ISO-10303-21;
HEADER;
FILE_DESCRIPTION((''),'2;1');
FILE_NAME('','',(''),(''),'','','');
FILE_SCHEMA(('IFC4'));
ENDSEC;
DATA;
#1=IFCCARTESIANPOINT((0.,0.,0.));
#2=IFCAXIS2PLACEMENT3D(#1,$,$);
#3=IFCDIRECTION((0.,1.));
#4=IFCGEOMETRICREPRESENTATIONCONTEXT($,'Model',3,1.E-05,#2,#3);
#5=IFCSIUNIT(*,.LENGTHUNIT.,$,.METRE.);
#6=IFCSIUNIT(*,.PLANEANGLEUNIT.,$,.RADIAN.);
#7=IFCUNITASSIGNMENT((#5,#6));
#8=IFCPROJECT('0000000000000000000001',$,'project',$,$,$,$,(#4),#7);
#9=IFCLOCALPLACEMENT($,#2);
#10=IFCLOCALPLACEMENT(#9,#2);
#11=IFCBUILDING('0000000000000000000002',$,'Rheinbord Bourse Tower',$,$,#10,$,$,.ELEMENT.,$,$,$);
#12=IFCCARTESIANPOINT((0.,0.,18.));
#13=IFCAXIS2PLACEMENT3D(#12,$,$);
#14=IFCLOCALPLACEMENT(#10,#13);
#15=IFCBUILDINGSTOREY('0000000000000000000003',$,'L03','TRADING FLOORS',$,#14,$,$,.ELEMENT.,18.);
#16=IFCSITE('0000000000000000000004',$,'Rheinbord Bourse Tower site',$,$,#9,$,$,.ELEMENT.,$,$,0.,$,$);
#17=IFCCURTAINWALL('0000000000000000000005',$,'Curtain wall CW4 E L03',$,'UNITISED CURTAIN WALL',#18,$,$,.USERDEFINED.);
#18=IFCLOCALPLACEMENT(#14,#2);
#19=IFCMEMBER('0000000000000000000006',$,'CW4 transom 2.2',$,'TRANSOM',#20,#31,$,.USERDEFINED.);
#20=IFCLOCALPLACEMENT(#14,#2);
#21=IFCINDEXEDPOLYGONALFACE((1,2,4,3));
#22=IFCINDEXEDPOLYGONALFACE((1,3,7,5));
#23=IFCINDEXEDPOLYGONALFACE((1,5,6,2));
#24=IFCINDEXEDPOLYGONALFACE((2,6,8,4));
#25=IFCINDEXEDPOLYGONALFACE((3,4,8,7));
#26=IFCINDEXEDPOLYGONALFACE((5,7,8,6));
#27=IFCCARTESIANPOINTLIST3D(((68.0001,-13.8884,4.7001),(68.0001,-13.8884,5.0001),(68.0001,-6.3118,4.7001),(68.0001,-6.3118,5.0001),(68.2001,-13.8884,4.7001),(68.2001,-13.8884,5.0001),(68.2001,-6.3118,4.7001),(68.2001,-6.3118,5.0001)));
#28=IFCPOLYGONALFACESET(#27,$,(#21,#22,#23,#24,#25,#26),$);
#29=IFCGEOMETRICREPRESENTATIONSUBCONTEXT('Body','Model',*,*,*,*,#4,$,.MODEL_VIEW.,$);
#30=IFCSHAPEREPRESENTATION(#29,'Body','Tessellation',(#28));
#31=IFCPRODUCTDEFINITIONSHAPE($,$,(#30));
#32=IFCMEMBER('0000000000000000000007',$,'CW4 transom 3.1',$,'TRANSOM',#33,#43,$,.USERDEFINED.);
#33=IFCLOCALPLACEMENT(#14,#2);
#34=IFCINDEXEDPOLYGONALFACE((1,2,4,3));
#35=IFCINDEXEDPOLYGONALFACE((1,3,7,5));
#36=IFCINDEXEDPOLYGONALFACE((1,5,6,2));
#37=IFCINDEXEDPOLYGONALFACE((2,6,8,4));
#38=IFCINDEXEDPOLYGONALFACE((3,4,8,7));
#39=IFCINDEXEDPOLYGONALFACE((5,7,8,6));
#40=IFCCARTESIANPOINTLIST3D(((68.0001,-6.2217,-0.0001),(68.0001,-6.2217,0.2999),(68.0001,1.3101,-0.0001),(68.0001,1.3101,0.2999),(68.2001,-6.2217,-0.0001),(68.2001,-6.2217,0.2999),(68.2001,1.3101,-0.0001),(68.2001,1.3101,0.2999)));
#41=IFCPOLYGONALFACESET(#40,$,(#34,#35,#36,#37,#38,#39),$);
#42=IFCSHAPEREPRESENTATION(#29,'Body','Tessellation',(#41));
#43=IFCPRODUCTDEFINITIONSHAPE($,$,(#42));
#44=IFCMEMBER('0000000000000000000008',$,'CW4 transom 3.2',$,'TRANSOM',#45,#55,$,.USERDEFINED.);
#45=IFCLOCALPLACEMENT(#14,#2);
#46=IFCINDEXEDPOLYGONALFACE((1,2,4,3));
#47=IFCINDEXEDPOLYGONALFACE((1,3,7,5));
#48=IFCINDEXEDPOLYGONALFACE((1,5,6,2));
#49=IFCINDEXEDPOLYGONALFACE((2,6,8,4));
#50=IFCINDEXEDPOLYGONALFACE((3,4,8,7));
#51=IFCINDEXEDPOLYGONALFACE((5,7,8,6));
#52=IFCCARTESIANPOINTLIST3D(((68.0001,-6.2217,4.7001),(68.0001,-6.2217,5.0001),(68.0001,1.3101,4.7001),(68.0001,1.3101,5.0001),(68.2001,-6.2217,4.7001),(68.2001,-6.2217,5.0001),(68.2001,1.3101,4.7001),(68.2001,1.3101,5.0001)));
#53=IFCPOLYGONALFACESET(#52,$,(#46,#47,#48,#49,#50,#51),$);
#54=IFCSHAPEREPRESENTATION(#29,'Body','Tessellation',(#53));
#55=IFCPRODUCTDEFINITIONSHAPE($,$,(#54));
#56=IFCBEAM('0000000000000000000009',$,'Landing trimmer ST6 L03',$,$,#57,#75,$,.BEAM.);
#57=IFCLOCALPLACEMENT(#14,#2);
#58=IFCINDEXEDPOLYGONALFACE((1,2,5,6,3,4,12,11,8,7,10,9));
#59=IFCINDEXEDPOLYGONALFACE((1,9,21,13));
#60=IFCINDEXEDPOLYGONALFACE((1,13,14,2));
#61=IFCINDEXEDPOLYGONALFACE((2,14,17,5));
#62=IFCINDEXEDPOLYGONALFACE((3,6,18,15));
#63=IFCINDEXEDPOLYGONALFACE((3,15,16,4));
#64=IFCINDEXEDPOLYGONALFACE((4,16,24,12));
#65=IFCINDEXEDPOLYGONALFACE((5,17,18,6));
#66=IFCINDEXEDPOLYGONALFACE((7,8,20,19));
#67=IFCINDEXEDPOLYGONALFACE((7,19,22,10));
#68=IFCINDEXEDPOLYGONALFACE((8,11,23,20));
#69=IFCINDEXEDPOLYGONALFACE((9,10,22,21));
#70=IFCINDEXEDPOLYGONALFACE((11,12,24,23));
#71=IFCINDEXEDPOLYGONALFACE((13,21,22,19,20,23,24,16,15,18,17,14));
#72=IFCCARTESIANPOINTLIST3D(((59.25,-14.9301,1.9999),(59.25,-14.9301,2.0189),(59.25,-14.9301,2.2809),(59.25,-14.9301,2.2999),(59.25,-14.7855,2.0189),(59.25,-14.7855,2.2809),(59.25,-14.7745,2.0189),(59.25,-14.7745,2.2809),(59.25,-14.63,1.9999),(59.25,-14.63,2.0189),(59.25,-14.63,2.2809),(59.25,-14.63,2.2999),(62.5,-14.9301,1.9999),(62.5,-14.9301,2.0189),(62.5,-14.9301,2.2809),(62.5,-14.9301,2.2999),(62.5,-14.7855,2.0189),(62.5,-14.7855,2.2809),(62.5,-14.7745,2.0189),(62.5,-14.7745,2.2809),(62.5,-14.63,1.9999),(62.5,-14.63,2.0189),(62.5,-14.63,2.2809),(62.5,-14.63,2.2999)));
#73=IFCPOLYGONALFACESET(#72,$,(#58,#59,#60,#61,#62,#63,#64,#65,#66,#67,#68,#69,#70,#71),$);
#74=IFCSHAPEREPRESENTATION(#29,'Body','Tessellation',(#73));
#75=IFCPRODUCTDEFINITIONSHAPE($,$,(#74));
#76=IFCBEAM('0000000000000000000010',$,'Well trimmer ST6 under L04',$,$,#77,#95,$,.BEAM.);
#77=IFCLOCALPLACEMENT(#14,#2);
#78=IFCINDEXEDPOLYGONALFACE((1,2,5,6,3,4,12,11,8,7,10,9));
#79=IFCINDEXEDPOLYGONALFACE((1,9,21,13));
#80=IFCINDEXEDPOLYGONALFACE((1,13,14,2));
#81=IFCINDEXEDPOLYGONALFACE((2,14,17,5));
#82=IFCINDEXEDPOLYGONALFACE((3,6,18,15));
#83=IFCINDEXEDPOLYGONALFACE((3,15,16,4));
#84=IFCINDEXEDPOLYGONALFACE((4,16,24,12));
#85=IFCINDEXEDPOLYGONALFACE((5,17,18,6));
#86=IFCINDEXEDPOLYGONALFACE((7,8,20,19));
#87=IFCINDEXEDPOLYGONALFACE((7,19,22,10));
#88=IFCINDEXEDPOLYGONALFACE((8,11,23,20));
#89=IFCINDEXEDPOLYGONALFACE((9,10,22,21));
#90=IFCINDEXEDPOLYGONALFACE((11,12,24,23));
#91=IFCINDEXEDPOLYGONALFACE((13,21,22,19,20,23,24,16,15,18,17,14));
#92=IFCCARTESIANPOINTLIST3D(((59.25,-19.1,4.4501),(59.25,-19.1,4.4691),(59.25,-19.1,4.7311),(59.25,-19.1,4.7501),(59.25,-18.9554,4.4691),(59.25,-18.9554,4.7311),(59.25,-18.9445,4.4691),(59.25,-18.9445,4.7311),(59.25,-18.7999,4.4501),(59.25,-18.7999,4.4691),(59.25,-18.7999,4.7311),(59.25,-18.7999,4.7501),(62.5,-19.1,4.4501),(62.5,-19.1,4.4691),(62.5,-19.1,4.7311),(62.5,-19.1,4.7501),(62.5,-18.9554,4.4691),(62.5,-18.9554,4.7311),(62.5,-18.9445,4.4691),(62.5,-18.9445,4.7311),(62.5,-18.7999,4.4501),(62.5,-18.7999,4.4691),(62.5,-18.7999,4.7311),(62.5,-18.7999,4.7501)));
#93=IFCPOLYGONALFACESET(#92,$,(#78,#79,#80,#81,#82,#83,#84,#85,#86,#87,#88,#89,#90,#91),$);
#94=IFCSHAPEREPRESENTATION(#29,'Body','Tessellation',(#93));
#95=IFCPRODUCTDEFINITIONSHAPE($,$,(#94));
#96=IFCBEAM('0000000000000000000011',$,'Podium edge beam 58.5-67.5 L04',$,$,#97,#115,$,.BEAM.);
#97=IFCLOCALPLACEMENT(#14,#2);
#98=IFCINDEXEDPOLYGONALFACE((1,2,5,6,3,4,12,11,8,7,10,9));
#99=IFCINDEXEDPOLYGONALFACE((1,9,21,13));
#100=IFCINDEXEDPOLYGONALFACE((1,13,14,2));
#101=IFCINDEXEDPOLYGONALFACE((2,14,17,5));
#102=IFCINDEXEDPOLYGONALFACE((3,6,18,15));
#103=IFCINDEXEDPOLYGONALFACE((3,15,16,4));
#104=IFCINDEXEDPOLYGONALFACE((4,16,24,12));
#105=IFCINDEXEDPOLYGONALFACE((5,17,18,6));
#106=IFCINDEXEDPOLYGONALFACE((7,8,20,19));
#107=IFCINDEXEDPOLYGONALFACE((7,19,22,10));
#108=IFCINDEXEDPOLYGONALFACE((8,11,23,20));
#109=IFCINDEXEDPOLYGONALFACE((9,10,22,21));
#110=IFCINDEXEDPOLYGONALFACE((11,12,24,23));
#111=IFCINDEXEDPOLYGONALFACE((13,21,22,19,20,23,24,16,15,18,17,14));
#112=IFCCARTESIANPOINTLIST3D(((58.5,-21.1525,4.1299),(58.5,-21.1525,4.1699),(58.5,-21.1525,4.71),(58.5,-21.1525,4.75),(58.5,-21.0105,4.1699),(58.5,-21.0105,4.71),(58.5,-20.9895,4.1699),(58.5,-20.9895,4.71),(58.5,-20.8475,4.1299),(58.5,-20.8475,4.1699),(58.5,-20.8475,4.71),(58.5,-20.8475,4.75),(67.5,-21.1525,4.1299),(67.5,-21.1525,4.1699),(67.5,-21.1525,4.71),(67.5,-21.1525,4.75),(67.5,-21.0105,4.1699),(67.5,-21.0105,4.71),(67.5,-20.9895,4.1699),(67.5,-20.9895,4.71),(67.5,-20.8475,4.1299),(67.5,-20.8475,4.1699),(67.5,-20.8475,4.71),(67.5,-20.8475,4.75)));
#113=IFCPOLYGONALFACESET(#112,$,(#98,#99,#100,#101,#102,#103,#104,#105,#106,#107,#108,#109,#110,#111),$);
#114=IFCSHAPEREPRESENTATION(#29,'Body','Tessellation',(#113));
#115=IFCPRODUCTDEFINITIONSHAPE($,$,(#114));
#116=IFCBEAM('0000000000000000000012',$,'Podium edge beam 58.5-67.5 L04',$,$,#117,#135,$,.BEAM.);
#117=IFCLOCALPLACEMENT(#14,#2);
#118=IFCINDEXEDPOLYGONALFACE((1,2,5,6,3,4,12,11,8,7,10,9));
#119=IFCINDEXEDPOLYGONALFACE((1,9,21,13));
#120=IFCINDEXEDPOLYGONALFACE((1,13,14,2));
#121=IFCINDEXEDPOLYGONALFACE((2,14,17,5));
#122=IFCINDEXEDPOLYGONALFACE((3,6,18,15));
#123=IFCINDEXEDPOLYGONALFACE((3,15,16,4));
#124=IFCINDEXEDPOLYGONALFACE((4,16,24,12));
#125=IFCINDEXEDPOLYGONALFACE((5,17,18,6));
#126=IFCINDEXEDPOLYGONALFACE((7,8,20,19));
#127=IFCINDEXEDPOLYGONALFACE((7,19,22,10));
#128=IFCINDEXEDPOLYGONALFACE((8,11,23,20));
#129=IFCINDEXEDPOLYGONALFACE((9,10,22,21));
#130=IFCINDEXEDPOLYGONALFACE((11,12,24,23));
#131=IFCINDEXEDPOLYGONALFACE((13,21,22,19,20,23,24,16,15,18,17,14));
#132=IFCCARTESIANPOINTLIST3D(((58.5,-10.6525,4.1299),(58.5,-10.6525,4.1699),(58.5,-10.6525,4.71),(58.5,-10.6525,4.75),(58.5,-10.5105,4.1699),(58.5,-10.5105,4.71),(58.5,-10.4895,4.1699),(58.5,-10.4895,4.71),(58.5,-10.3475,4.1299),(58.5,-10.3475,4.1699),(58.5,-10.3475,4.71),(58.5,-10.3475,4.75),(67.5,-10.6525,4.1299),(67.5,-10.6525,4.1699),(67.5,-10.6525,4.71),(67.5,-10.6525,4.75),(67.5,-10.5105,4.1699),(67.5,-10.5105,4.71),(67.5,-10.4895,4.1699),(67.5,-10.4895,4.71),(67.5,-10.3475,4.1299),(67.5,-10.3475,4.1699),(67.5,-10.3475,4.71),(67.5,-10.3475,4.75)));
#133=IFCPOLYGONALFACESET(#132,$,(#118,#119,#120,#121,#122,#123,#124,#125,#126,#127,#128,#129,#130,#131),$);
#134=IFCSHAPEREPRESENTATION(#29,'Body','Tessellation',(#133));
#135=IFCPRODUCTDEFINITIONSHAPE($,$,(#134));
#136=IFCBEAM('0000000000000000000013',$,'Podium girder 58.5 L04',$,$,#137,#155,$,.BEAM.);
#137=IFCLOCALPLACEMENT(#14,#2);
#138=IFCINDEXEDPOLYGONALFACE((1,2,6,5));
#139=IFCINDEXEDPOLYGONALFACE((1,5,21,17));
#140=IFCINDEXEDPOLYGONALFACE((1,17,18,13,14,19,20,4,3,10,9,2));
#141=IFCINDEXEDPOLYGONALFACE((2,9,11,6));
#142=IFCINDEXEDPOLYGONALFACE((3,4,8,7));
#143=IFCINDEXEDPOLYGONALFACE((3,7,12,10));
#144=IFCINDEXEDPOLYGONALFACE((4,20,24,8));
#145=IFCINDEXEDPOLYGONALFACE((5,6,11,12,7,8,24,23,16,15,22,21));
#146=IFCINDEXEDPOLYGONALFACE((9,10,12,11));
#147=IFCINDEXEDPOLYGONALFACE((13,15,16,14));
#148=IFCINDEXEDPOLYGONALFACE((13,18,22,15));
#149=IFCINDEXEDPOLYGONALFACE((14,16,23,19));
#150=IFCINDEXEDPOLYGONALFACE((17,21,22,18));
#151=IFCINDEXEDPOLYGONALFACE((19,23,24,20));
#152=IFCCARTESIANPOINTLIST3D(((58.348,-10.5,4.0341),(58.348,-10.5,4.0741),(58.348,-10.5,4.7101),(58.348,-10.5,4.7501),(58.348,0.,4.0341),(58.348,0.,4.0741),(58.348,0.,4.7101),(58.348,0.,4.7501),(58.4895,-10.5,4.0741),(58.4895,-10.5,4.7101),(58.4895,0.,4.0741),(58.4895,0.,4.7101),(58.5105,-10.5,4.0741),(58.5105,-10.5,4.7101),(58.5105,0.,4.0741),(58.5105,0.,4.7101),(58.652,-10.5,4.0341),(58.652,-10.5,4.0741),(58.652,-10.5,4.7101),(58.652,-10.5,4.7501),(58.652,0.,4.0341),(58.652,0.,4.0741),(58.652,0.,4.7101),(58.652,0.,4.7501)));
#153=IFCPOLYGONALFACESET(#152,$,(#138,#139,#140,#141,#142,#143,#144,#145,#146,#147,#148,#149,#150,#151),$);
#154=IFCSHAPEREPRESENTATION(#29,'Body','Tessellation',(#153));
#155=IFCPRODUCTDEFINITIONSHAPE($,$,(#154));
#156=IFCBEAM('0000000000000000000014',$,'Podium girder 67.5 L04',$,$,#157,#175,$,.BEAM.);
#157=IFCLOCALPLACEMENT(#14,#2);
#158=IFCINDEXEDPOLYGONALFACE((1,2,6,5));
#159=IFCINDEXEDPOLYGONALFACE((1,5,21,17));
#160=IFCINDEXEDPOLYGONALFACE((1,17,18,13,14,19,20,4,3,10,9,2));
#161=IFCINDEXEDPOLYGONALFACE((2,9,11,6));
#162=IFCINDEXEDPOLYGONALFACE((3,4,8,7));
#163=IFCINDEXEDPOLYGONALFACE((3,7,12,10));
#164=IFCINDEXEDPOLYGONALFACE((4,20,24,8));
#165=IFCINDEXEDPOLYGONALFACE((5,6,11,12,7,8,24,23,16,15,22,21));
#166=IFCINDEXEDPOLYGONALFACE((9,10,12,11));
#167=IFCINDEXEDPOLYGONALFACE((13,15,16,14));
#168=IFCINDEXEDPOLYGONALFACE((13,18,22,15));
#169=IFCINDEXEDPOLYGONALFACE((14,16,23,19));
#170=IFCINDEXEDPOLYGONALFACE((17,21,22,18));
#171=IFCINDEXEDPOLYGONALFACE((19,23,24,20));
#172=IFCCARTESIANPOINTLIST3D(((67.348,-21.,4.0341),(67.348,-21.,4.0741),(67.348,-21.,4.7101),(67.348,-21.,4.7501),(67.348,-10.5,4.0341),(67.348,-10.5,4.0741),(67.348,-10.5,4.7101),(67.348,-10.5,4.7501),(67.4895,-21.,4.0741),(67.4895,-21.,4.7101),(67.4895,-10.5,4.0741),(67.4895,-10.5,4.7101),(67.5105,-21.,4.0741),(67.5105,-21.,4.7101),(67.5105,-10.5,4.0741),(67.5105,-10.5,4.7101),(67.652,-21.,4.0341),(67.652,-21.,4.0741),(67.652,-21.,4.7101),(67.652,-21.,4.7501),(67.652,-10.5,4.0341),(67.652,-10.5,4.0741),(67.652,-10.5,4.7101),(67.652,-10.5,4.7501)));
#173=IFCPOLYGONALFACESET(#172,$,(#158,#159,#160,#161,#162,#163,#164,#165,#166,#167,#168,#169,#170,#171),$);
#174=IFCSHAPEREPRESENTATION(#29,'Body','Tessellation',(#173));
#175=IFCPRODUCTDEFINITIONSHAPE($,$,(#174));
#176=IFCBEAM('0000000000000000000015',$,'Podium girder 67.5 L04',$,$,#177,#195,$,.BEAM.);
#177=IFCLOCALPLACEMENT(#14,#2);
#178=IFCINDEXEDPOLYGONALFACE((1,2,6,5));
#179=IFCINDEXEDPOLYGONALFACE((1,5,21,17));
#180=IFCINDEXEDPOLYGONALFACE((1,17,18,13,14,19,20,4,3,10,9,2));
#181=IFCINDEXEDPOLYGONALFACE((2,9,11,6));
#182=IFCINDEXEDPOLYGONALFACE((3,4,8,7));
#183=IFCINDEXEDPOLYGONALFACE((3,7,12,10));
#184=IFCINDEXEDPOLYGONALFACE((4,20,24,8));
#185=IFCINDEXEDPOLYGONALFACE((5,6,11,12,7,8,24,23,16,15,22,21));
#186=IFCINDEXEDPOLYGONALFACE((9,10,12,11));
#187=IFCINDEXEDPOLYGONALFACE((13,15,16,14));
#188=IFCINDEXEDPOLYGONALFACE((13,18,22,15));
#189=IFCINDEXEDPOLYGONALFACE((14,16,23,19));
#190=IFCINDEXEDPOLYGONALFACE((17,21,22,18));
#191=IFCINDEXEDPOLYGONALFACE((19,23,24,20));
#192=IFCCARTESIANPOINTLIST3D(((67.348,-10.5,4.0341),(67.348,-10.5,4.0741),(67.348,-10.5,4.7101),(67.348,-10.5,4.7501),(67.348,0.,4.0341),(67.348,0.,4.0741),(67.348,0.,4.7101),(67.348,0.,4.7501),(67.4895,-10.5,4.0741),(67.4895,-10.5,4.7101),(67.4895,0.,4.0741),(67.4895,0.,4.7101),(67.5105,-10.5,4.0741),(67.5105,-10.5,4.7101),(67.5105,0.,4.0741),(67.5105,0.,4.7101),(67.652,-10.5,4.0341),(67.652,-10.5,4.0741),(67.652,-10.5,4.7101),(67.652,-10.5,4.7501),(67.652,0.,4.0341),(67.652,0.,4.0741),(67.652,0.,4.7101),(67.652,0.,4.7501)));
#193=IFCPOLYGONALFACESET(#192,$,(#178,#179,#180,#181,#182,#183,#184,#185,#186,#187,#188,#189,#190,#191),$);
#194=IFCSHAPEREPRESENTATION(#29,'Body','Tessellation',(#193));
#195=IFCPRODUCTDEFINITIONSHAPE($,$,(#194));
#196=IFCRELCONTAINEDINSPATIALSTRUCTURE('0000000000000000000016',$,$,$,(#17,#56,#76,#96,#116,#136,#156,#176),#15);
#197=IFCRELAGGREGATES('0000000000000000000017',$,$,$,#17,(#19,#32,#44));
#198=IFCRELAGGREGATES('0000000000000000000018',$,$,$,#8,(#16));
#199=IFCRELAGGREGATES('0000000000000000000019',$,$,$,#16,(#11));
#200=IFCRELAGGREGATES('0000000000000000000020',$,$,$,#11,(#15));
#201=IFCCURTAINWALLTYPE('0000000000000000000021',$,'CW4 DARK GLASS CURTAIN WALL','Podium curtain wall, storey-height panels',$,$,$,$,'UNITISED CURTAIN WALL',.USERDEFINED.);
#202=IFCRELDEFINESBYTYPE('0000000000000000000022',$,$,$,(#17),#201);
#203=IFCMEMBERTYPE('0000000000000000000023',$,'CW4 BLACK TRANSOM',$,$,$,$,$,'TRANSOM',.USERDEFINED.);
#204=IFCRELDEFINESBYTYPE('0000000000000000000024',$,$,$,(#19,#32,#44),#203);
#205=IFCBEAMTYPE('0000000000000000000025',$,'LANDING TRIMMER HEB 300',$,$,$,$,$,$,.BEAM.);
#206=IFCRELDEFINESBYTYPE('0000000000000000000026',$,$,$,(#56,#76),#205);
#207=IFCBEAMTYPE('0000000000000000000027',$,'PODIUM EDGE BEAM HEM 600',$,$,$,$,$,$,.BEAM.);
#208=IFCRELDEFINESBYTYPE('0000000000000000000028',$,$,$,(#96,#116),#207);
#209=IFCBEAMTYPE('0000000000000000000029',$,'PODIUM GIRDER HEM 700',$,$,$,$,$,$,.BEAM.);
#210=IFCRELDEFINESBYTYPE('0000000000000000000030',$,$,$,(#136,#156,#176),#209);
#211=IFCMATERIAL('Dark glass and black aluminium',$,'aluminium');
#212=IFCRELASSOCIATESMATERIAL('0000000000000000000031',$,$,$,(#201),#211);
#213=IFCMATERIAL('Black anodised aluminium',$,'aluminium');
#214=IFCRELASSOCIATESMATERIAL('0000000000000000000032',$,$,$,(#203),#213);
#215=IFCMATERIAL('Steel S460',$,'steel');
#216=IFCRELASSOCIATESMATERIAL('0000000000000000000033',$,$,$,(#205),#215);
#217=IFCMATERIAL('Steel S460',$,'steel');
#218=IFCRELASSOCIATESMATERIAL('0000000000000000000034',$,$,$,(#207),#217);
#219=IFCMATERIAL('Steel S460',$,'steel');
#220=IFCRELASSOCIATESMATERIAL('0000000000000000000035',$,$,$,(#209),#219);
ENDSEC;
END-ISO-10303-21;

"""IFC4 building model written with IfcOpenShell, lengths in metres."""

from ifc_helpers import new_model, si_unit, direction, frame, origin, origin_2d, place, context, subcontext, project, spatial, rectangle, i_section, extrude, material, material_profile, profile_set, type_object, element, aggregate, save


model = new_model("IFC4")

# Units and contexts
model_context = context("Model", 3, precision=1e-05, world=origin(), true_north=direction((0.0, 1.0)))
body_context = subcontext(model_context, "Body", "Model", "MODEL_VIEW")
ifc_project = project(units=[si_unit("LENGTHUNIT", "METRE"), si_unit("PLANEANGLEUNIT", "RADIAN")], contexts=[model_context])

# Site, building, storey
site_placement = place(None, origin())
site = spatial("IfcSite", under=ifc_project, at=site_placement, Name="Rheinbord Bourse Tower site", CompositionType="ELEMENT", RefElevation=0.0)
building_placement = place(site_placement, origin())
building = spatial("IfcBuilding", under=site, at=building_placement, Name="Rheinbord Bourse Tower", CompositionType="ELEMENT")
storey_placement = place(building_placement, frame((0.0, 0.0, 18.0)))
storey = spatial("IfcBuildingStorey", under=building, at=storey_placement, Name="L03", Description="TRADING FLOORS", CompositionType="ELEMENT", Elevation=18.0)

# Curtain wall
ifc_material_1 = material(Name="Dark glass and black aluminium", Category="aluminium")
curtain_wall_type = type_object("IfcCurtainWallType", Name="CW4 DARK GLASS CURTAIN WALL", Description="Podium curtain wall, storey-height panels", ElementType="UNITISED CURTAIN WALL", PredefinedType="USERDEFINED", material=ifc_material_1)
curtain_wall_1_placement = place(storey_placement, origin())
curtain_wall_1 = element("IfcCurtainWall", 1, at=curtain_wall_1_placement, inside=storey, type_object=curtain_wall_type, Name="Curtain wall CW4 E L03", ObjectType="UNITISED CURTAIN WALL", PredefinedType="USERDEFINED")

# Members
ifc_material_2 = material(Name="Black anodised aluminium", Category="aluminium")
ifc_material_profile_1 = material_profile(ifc_material_2, rectangle(XDim=0.2, YDim=0.3, at=origin_2d()), Name="CW4 TRANSOM 300x200")
ifc_profile_set_1 = profile_set([ifc_material_profile_1], Name="Black anodised aluminium")
member_type_1 = type_object("IfcMemberType", Name="CW4 BLACK TRANSOM", ElementType="TRANSOM", PredefinedType="USERDEFINED", material=ifc_profile_set_1)
member_1_placement = place(storey_placement, frame((68.1001, -13.8884, 4.8501), z_axis=(0.0, 1.0, 0.0), x_axis=(-1.0, 0.0, 0.0)))
member_1 = element("IfcMember", 2, at=member_1_placement, type_object=member_type_1, Name="CW4 transom 2.2", ObjectType="TRANSOM", PredefinedType="USERDEFINED", context=body_context, shape_type="SweptSolid", body=[
    extrude(rectangle(XDim=0.2, YDim=0.3, at=origin_2d()), origin(), (0.0, 0.0, 1.0), 7.5767),
])
member_2_placement = place(storey_placement, frame((68.1001, -6.2217, 0.1499), z_axis=(0.0, 1.0, 0.0), x_axis=(-1.0, 0.0, 0.0)))
member_2 = element("IfcMember", 3, at=member_2_placement, type_object=member_type_1, Name="CW4 transom 3.1", ObjectType="TRANSOM", PredefinedType="USERDEFINED", context=body_context, shape_type="SweptSolid", body=[
    extrude(rectangle(XDim=0.2, YDim=0.3, at=origin_2d()), origin(), (0.0, 0.0, 1.0), 7.5317),
])
member_3_placement = place(storey_placement, frame((68.1001, -6.2217, 4.8501), z_axis=(0.0, 1.0, 0.0), x_axis=(-1.0, 0.0, 0.0)))
member_3 = element("IfcMember", 4, at=member_3_placement, type_object=member_type_1, Name="CW4 transom 3.2", ObjectType="TRANSOM", PredefinedType="USERDEFINED", context=body_context, shape_type="SweptSolid", body=[
    extrude(rectangle(XDim=0.2, YDim=0.3, at=origin_2d()), origin(), (0.0, 0.0, 1.0), 7.5317),
])

# Beams
ifc_material_3 = material(Name="Steel S460", Category="steel")
ifc_material_profile_2 = material_profile(ifc_material_3, i_section(OverallWidth=0.3, OverallDepth=0.3, WebThickness=0.011, FlangeThickness=0.019, at=origin_2d()), Name="HEB 300")
ifc_profile_set_2 = profile_set([ifc_material_profile_2], Name="Steel S460")
beam_type_1 = type_object("IfcBeamType", Name="LANDING TRIMMER HEB 300", PredefinedType="BEAM", material=ifc_profile_set_2)
for number, where, z_axis, x_axis, name in (
    (5, (59.25, -14.78, 2.1499), (1.0, 0.0, 0.0), (0.0, 1.0, 0.0), "Landing trimmer ST6 L03"),
    (6, (59.25, -18.95, 4.6001), (1.0, 0.0, 0.0), (0.0, 1.0, 0.0), "Well trimmer ST6 under L04"),
):
    element("IfcBeam", number, at=place(storey_placement, frame(where, z_axis=z_axis, x_axis=x_axis)), inside=storey, type_object=beam_type_1, Name=name, PredefinedType="BEAM", context=body_context, shape_type="SweptSolid", body=[
        extrude(i_section(OverallWidth=0.3, OverallDepth=0.3, WebThickness=0.011, FlangeThickness=0.019, at=origin_2d()), origin(), (0.0, 0.0, 1.0), 3.25),
    ])
ifc_material_4 = material(Name="Steel S460", Category="steel")
ifc_material_profile_3 = material_profile(ifc_material_4, i_section(OverallWidth=0.3049, OverallDepth=0.6201, WebThickness=0.021, FlangeThickness=0.04, at=origin_2d()), Name="HEM 600")
ifc_profile_set_3 = profile_set([ifc_material_profile_3], Name="Steel S460")
beam_type_2 = type_object("IfcBeamType", Name="PODIUM EDGE BEAM HEM 600", PredefinedType="BEAM", material=ifc_profile_set_3)
for number, where, z_axis, x_axis, name in (
    (7, (58.5, -21.0, 4.4399), (1.0, 0.0, 0.0), (0.0, 1.0, 0.0), "Podium edge beam 58.5-67.5 L04"),
    (8, (58.5, -10.5, 4.4399), (1.0, 0.0, 0.0), (0.0, 1.0, 0.0), "Podium edge beam 58.5-67.5 L04"),
):
    element("IfcBeam", number, at=place(storey_placement, frame(where, z_axis=z_axis, x_axis=x_axis)), inside=storey, type_object=beam_type_2, Name=name, PredefinedType="BEAM", context=body_context, shape_type="SweptSolid", body=[
        extrude(i_section(OverallWidth=0.3049, OverallDepth=0.6201, WebThickness=0.021, FlangeThickness=0.04, at=origin_2d()), origin(), (0.0, 0.0, 1.0), 9.0),
    ])
ifc_material_5 = material(Name="Steel S460", Category="steel")
ifc_material_profile_4 = material_profile(ifc_material_5, i_section(OverallWidth=0.304, OverallDepth=0.7161, WebThickness=0.021, FlangeThickness=0.04, at=origin_2d()), Name="HEM 700")
ifc_profile_set_4 = profile_set([ifc_material_profile_4], Name="Steel S460")
beam_type_3 = type_object("IfcBeamType", Name="PODIUM GIRDER HEM 700", PredefinedType="BEAM", material=ifc_profile_set_4)
for number, where, z_axis, x_axis, name in (
    (9, (58.5, -10.5, 4.3921), (0.0, 1.0, 0.0), (-1.0, 0.0, 0.0), "Podium girder 58.5 L04"),
    (10, (67.5, -21.0, 4.3921), (0.0, 1.0, 0.0), (-1.0, 0.0, 0.0), "Podium girder 67.5 L04"),
    (11, (67.5, -10.5, 4.3921), (0.0, 1.0, 0.0), (-1.0, 0.0, 0.0), "Podium girder 67.5 L04"),
):
    element("IfcBeam", number, at=place(storey_placement, frame(where, z_axis=z_axis, x_axis=x_axis)), inside=storey, type_object=beam_type_3, Name=name, PredefinedType="BEAM", context=body_context, shape_type="SweptSolid", body=[
        extrude(i_section(OverallWidth=0.304, OverallDepth=0.7161, WebThickness=0.021, FlangeThickness=0.04, at=origin_2d()), origin(), (0.0, 0.0, 1.0), 10.5),
    ])

aggregate(curtain_wall_1, [member_1, member_2, member_3])

save(model, "model.ifc")
